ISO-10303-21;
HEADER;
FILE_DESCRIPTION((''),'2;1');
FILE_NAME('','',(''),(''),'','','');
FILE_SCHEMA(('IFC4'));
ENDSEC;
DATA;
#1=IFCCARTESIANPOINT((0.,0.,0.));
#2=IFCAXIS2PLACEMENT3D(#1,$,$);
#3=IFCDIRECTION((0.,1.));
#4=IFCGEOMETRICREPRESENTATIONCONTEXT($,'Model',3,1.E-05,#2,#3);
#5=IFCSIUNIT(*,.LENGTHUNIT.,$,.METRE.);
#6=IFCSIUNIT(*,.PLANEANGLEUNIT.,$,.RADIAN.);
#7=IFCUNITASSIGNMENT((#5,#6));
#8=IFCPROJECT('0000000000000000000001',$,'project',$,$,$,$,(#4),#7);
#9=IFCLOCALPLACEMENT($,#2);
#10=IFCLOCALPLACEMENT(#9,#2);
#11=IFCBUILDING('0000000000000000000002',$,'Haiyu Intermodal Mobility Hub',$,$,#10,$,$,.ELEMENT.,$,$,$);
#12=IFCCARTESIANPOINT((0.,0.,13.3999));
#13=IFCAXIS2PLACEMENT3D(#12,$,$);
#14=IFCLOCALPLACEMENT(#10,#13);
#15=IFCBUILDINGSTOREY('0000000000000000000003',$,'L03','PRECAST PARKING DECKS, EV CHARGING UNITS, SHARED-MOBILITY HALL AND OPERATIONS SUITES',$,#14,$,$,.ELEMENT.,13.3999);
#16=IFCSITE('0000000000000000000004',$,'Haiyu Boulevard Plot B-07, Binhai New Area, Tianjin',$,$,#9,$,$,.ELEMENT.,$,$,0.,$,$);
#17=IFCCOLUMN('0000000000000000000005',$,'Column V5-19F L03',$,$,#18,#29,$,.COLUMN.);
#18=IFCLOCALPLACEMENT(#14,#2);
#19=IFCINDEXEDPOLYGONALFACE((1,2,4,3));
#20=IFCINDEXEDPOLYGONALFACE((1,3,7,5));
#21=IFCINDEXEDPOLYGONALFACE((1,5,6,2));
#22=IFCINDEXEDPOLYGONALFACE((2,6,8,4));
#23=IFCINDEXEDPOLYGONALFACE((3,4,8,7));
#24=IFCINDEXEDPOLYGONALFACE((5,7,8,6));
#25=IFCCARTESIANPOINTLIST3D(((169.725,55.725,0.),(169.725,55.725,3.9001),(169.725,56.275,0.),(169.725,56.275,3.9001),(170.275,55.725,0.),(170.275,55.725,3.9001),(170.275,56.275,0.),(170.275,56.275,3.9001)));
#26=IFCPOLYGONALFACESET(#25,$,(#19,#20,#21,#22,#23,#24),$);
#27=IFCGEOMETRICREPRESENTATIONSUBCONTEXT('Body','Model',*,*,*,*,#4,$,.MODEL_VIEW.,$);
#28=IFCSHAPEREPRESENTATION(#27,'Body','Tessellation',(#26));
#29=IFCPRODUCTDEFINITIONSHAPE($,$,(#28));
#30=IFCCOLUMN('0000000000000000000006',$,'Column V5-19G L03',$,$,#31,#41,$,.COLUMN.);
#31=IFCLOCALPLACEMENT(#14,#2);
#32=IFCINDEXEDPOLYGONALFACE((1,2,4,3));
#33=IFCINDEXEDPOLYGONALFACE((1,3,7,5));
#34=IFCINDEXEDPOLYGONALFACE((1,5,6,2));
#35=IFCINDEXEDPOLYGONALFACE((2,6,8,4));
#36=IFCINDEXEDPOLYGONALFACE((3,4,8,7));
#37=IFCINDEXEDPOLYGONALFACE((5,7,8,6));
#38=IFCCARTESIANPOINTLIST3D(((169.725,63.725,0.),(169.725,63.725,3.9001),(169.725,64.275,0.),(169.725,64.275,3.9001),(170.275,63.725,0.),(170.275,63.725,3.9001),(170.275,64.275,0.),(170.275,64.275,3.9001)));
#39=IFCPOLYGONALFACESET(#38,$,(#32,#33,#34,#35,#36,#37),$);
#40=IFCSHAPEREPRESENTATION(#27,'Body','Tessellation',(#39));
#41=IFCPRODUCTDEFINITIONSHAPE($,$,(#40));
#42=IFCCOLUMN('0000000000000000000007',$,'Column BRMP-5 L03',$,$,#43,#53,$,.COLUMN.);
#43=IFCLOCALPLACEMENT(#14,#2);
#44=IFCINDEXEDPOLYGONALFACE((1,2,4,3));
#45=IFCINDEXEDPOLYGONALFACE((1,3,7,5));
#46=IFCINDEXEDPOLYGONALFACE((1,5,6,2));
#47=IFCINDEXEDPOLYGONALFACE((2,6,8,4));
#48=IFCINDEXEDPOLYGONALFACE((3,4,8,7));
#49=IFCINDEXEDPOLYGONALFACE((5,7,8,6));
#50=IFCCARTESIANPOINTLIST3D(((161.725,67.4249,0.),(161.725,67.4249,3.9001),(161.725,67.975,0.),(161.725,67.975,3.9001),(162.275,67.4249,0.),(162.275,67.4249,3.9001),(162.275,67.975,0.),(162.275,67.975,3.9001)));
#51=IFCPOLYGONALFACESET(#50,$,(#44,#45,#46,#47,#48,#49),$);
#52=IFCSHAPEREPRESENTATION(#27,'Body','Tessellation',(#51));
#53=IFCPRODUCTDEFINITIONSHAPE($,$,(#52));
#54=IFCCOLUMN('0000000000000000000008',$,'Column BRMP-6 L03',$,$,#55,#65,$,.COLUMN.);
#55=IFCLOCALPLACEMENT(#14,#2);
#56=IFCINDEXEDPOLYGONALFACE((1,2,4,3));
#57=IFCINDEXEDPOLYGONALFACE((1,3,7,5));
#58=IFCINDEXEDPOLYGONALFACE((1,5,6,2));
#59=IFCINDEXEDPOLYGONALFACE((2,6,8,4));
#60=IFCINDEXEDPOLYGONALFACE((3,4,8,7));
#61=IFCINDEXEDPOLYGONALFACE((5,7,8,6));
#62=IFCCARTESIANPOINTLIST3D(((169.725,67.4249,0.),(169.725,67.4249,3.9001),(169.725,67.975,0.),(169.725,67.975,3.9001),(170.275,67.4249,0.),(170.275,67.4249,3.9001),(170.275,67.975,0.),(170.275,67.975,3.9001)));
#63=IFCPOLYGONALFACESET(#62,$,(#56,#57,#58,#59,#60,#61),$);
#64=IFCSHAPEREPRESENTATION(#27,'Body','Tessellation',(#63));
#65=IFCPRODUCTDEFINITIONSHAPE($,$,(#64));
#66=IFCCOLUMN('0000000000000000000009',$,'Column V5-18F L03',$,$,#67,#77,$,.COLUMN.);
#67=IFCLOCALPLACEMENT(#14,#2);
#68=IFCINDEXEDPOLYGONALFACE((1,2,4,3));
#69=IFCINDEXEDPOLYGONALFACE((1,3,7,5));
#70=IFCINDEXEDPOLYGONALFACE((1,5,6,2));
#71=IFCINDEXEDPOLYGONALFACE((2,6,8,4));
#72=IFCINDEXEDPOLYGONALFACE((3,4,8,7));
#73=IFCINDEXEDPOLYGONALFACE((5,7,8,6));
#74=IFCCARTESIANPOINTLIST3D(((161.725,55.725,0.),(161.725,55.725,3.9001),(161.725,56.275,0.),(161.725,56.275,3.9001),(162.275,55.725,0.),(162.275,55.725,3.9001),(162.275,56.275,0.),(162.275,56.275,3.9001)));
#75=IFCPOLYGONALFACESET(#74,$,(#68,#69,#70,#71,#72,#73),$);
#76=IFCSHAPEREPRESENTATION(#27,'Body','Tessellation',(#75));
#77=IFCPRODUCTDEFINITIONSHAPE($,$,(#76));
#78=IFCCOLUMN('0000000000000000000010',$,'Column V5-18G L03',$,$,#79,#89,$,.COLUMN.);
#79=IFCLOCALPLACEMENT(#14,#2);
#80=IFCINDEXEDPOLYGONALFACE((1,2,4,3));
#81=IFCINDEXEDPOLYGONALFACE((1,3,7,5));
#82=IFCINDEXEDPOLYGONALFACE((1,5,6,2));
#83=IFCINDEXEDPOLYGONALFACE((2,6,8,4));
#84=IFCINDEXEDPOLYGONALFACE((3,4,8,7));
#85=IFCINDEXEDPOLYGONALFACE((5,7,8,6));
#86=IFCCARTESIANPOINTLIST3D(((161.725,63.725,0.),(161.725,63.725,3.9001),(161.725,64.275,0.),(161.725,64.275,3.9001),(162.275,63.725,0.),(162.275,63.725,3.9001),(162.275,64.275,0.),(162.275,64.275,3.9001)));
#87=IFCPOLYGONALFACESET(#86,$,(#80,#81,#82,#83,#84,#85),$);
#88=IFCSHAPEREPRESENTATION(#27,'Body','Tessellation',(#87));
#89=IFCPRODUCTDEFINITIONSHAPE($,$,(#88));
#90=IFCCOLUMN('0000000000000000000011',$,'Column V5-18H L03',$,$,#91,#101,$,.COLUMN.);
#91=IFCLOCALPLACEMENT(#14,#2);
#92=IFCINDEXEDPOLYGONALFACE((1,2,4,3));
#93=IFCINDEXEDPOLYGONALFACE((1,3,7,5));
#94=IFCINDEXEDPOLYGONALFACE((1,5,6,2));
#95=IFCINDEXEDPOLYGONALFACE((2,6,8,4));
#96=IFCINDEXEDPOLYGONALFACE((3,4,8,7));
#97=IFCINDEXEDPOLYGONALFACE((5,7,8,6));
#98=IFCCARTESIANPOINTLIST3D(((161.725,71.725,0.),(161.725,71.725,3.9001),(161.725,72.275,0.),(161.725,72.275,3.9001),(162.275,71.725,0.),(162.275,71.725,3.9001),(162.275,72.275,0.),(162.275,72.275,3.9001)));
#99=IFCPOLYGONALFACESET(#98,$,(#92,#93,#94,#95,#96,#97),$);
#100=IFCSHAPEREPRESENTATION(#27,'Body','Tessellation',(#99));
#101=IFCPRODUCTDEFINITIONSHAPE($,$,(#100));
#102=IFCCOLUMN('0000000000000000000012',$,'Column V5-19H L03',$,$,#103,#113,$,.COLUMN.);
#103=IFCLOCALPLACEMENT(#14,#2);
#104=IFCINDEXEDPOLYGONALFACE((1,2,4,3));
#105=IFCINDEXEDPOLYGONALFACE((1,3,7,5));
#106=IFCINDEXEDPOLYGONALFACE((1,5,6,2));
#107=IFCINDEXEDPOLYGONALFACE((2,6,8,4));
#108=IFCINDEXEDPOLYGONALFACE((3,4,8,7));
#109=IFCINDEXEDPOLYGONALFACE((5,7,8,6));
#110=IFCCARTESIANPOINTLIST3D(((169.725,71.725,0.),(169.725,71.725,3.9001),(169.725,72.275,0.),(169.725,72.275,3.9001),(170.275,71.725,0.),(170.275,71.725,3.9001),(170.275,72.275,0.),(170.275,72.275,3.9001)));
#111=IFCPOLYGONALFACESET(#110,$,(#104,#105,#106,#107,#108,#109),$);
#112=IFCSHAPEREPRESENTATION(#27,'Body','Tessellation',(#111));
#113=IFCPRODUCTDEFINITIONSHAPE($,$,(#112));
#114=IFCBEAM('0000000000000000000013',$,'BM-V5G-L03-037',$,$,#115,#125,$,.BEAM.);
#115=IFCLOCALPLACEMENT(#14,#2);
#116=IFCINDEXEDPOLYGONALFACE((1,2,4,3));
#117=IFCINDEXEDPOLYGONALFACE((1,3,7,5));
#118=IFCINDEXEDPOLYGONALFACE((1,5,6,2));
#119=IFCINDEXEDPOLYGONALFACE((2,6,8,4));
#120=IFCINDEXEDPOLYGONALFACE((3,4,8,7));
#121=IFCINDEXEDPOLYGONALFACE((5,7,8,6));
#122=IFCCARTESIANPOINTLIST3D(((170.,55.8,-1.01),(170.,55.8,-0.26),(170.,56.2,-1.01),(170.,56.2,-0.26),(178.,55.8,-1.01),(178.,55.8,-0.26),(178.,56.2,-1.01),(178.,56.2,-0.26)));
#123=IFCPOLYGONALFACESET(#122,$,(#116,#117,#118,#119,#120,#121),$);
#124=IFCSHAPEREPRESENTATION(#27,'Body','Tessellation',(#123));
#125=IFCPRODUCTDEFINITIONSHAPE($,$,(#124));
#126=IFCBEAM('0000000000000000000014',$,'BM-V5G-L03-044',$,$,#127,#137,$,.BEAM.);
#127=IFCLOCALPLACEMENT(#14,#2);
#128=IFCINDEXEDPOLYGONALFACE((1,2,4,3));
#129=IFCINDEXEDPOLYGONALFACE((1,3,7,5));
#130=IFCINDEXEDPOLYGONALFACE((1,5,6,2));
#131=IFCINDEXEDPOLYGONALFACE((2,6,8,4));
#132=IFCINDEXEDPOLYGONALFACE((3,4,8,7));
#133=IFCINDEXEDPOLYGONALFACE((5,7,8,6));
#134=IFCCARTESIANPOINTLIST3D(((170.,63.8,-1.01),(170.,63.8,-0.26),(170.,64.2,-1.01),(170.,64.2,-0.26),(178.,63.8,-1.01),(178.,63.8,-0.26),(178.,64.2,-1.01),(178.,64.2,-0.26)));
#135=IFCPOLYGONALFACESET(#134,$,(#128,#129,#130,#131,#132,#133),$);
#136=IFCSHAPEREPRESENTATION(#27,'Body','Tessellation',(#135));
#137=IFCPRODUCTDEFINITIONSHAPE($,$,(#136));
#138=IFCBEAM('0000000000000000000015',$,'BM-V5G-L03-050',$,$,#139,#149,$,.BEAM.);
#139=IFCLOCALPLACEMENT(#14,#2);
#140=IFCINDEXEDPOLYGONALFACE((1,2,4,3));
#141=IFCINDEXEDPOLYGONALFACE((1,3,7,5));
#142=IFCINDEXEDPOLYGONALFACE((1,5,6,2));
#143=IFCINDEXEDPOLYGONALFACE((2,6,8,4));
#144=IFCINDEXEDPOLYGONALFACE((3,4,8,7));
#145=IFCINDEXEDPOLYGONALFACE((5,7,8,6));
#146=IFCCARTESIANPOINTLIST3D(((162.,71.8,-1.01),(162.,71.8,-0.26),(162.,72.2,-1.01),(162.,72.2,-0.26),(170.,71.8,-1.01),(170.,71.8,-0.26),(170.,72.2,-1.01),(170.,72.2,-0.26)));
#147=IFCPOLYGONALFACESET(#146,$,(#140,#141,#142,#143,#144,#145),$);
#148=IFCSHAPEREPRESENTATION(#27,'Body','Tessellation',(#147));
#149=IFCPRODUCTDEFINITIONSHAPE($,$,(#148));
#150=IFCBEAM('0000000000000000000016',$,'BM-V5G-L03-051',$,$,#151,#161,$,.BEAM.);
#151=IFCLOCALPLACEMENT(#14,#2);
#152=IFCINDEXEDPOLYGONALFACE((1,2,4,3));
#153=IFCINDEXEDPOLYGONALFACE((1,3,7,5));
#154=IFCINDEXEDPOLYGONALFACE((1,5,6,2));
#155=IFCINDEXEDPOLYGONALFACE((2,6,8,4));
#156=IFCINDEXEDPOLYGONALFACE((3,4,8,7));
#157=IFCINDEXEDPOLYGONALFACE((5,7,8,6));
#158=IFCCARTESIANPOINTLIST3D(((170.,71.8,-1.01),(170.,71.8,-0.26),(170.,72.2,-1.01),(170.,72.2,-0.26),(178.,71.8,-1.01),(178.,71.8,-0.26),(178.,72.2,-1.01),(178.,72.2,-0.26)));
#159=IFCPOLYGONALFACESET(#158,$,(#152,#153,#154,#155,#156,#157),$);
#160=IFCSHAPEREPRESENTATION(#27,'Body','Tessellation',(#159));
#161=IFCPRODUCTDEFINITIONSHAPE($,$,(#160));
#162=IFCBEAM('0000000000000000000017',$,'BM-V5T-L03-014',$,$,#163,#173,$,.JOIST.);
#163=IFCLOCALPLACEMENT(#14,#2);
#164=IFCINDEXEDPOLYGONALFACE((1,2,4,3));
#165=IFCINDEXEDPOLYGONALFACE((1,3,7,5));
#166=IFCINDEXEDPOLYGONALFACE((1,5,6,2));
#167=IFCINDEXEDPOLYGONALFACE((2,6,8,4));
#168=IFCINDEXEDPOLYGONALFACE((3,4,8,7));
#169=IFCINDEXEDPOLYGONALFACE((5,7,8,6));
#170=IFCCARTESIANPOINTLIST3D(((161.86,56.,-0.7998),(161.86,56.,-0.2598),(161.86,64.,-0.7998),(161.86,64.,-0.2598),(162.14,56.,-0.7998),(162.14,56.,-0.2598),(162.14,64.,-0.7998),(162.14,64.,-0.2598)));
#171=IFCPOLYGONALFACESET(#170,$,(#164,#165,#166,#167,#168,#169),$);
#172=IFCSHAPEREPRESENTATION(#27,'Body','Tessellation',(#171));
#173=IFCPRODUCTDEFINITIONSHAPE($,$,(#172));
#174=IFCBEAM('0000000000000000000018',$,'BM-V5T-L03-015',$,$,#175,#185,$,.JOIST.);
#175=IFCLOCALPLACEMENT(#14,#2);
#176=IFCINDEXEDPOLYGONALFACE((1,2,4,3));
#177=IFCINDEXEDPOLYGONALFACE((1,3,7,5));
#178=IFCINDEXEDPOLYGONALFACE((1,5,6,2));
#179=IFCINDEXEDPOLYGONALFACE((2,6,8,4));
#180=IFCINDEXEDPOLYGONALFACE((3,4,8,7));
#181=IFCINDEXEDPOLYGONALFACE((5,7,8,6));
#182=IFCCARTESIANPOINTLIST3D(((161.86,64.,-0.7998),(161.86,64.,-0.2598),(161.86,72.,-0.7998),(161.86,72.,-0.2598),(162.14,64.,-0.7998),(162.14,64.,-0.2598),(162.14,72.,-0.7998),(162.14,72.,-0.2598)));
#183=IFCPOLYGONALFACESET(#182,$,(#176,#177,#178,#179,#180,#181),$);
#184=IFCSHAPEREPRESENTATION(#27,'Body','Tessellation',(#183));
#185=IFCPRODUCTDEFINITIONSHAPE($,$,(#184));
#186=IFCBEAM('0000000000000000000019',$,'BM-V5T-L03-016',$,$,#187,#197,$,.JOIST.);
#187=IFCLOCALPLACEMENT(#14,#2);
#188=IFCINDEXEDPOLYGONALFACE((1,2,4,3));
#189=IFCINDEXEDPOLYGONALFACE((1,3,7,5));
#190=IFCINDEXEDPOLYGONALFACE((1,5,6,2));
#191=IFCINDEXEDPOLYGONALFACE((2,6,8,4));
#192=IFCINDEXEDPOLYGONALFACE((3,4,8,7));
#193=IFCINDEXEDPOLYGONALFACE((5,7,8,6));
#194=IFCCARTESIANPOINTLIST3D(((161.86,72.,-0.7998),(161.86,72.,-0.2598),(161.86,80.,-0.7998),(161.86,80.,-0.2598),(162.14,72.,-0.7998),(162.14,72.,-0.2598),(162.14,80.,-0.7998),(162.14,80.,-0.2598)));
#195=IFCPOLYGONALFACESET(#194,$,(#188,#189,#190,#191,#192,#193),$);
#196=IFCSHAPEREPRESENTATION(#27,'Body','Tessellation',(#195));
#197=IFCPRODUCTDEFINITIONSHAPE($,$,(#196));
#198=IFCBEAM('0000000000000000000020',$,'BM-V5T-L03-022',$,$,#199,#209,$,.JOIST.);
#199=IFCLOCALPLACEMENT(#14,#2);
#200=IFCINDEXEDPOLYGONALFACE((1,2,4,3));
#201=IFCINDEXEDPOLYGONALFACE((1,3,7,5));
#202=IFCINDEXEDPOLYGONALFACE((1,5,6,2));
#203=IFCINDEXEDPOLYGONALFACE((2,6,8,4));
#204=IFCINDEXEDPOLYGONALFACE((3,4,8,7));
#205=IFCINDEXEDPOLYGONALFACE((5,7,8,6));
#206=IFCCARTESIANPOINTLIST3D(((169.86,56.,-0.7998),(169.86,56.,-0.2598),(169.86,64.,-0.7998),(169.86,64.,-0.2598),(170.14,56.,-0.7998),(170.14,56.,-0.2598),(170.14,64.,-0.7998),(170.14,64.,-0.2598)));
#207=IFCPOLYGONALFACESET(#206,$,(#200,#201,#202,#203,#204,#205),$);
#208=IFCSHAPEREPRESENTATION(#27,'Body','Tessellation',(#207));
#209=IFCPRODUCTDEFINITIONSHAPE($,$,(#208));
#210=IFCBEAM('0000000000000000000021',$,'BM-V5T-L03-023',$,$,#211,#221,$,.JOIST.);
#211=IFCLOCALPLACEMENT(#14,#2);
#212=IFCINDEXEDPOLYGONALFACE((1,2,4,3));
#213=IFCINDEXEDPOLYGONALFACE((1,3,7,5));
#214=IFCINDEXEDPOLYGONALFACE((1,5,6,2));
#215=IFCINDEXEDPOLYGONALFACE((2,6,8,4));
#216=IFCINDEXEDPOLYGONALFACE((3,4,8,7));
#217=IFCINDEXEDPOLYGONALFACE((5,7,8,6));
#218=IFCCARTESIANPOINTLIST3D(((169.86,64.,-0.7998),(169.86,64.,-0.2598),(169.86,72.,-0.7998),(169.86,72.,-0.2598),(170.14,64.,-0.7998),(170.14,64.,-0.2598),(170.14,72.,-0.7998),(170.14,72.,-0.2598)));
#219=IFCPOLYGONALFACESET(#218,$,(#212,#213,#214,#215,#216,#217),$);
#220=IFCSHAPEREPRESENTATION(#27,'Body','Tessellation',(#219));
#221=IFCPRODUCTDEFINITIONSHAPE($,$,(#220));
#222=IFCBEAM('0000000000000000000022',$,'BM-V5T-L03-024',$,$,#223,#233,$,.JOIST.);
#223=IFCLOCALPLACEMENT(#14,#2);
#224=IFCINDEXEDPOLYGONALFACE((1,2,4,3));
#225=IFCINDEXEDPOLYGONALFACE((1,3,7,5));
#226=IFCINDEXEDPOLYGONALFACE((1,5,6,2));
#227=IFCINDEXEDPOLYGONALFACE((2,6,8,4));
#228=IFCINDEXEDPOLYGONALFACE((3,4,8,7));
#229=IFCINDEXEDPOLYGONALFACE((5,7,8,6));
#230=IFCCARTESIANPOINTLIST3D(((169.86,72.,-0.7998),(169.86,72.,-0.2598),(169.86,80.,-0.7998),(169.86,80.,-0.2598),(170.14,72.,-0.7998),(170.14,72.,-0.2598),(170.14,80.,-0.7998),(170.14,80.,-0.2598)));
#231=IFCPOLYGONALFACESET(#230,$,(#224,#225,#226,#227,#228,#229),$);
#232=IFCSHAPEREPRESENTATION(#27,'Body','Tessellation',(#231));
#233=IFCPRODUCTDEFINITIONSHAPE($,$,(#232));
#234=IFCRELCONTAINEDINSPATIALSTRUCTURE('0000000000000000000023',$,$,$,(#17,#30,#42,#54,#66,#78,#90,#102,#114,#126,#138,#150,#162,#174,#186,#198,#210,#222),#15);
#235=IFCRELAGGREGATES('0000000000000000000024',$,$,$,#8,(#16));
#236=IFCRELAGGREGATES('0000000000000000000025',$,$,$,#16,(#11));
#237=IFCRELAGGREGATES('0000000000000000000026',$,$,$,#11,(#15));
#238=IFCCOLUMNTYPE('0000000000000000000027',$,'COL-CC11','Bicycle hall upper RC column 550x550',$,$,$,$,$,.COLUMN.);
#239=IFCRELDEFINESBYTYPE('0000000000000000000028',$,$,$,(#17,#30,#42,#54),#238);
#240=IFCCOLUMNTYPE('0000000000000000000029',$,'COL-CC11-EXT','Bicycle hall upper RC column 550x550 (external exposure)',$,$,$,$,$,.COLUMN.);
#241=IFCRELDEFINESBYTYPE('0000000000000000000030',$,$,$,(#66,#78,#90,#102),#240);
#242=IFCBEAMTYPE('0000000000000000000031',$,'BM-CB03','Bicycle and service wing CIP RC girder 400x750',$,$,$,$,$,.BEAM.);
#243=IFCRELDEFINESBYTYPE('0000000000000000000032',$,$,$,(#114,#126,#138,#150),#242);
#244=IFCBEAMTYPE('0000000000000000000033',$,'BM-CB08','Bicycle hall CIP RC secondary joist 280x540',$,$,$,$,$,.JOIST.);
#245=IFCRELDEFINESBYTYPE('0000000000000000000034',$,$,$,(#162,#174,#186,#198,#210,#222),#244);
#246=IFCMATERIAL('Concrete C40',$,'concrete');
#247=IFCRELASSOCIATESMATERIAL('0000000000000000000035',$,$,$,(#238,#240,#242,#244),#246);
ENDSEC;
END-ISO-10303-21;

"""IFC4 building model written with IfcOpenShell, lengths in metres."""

from ifc_helpers import new_model, si_unit, direction, frame, origin, origin_2d, place, context, subcontext, project, spatial, rectangle, extrude, material, material_profile, profile_set, type_object, element, save


model = new_model("IFC4")

# Units and contexts
model_context = context("Model", 3, precision=1e-05, world=origin(), true_north=direction((0.0, 1.0)))
body_context = subcontext(model_context, "Body", "Model", "MODEL_VIEW")
ifc_project = project(units=[si_unit("LENGTHUNIT", "METRE"), si_unit("PLANEANGLEUNIT", "RADIAN")], contexts=[model_context])

# Site, building, storey
site_placement = place(None, origin())
site = spatial("IfcSite", under=ifc_project, at=site_placement, Name="Haiyu Boulevard Plot B-07, Binhai New Area, Tianjin", CompositionType="ELEMENT", RefElevation=0.0)
building_placement = place(site_placement, origin())
building = spatial("IfcBuilding", under=site, at=building_placement, Name="Haiyu Intermodal Mobility Hub", CompositionType="ELEMENT")
storey_placement = place(building_placement, frame((0.0, 0.0, 13.3999)))
storey = spatial("IfcBuildingStorey", under=building, at=storey_placement, Name="L03", Description="PRECAST PARKING DECKS, EV CHARGING UNITS, SHARED-MOBILITY HALL AND OPERATIONS SUITES", CompositionType="ELEMENT", Elevation=13.3999)

# Columns
ifc_material_1 = material(Name="Concrete C40", Category="concrete")
ifc_material_profile_1 = material_profile(ifc_material_1, rectangle(XDim=0.55, YDim=0.55, at=origin_2d()), Name="RC550x550")
ifc_profile_set_1 = profile_set([ifc_material_profile_1], Name="Concrete C40")
column_type_1 = type_object("IfcColumnType", Name="COL-CC11", Description="Bicycle hall upper RC column 550x550", PredefinedType="COLUMN", material=ifc_profile_set_1)
for number, where, z_axis, x_axis, name in (
    (1, (170.0, 56.0, 0.0), (0.0, 0.0, 1.0), (1.0, 0.0, 0.0), "Column V5-19F L03"),
    (2, (170.0, 64.0, 0.0), (0.0, 0.0, 1.0), (1.0, 0.0, 0.0), "Column V5-19G L03"),
    (3, (162.0, 67.7, 0.0), (0.0, 0.0, 1.0), (1.0, 0.0, 0.0), "Column BRMP-5 L03"),
    (4, (170.0, 67.7, 0.0), (0.0, 0.0, 1.0), (1.0, 0.0, 0.0), "Column BRMP-6 L03"),
):
    element("IfcColumn", number, at=place(storey_placement, frame(where, z_axis=z_axis, x_axis=x_axis)), inside=storey, type_object=column_type_1, Name=name, PredefinedType="COLUMN", context=body_context, shape_type="SweptSolid", body=[
        extrude(rectangle(XDim=0.55, YDim=0.55, at=origin_2d()), origin(), (0.0, 0.0, 1.0), 3.9001),
    ])
ifc_material_profile_2 = material_profile(ifc_material_1, rectangle(XDim=0.55, YDim=0.55, at=origin_2d()), Name="RC550x550")
ifc_profile_set_2 = profile_set([ifc_material_profile_2], Name="Concrete C40")
column_type_2 = type_object("IfcColumnType", Name="COL-CC11-EXT", Description="Bicycle hall upper RC column 550x550 (external exposure)", PredefinedType="COLUMN", material=ifc_profile_set_2)
for number, where, z_axis, x_axis, name in (
    (5, (162.0, 56.0, 0.0), (0.0, 0.0, 1.0), (1.0, 0.0, 0.0), "Column V5-18F L03"),
    (6, (162.0, 64.0, 0.0), (0.0, 0.0, 1.0), (1.0, 0.0, 0.0), "Column V5-18G L03"),
    (7, (162.0, 72.0, 0.0), (0.0, 0.0, 1.0), (1.0, 0.0, 0.0), "Column V5-18H L03"),
    (8, (170.0, 72.0, 0.0), (0.0, 0.0, 1.0), (1.0, 0.0, 0.0), "Column V5-19H L03"),
):
    element("IfcColumn", number, at=place(storey_placement, frame(where, z_axis=z_axis, x_axis=x_axis)), inside=storey, type_object=column_type_2, Name=name, PredefinedType="COLUMN", context=body_context, shape_type="SweptSolid", body=[
        extrude(rectangle(XDim=0.55, YDim=0.55, at=origin_2d()), origin(), (0.0, 0.0, 1.0), 3.9001),
    ])

# Beams
ifc_material_profile_3 = material_profile(ifc_material_1, rectangle(XDim=0.3999, YDim=0.75, at=origin_2d()), Name="RCB400x750")
ifc_profile_set_3 = profile_set([ifc_material_profile_3], Name="Concrete C40")
beam_type_1 = type_object("IfcBeamType", Name="BM-CB03", Description="Bicycle and service wing CIP RC girder 400x750", PredefinedType="BEAM", material=ifc_profile_set_3)
for number, where, z_axis, x_axis, name in (
    (9, (170.0, 56.0, -0.635), (1.0, 0.0, 0.0), (0.0, 1.0, 0.0), "BM-V5G-L03-037"),
    (10, (170.0, 64.0, -0.635), (1.0, 0.0, 0.0), (0.0, 1.0, 0.0), "BM-V5G-L03-044"),
    (11, (162.0, 72.0, -0.635), (1.0, 0.0, 0.0), (0.0, 1.0, 0.0), "BM-V5G-L03-050"),
    (12, (170.0, 72.0, -0.635), (1.0, 0.0, 0.0), (0.0, 1.0, 0.0), "BM-V5G-L03-051"),
):
    element("IfcBeam", number, at=place(storey_placement, frame(where, z_axis=z_axis, x_axis=x_axis)), inside=storey, type_object=beam_type_1, Name=name, PredefinedType="BEAM", context=body_context, shape_type="SweptSolid", body=[
        extrude(rectangle(XDim=0.3999, YDim=0.75, at=origin_2d()), origin(), (0.0, 0.0, 1.0), 8.0),
    ])
ifc_material_profile_4 = material_profile(ifc_material_1, rectangle(XDim=0.28, YDim=0.54, at=origin_2d()), Name="RCB280x540")
ifc_profile_set_4 = profile_set([ifc_material_profile_4], Name="Concrete C40")
beam_type_2 = type_object("IfcBeamType", Name="BM-CB08", Description="Bicycle hall CIP RC secondary joist 280x540", PredefinedType="JOIST", material=ifc_profile_set_4)
for number, where, z_axis, x_axis, name in (
    (13, (162.0, 56.0, -0.5298), (0.0, 1.0, 0.0), (-1.0, 0.0, 0.0), "BM-V5T-L03-014"),
    (14, (162.0, 64.0, -0.5298), (0.0, 1.0, 0.0), (-1.0, 0.0, 0.0), "BM-V5T-L03-015"),
    (15, (162.0, 72.0, -0.5298), (0.0, 1.0, 0.0), (-1.0, 0.0, 0.0), "BM-V5T-L03-016"),
    (16, (170.0, 56.0, -0.5298), (0.0, 1.0, 0.0), (-1.0, 0.0, 0.0), "BM-V5T-L03-022"),
    (17, (170.0, 64.0, -0.5298), (0.0, 1.0, 0.0), (-1.0, 0.0, 0.0), "BM-V5T-L03-023"),
    (18, (170.0, 72.0, -0.5298), (0.0, 1.0, 0.0), (-1.0, 0.0, 0.0), "BM-V5T-L03-024"),
):
    element("IfcBeam", number, at=place(storey_placement, frame(where, z_axis=z_axis, x_axis=x_axis)), inside=storey, type_object=beam_type_2, Name=name, PredefinedType="JOIST", context=body_context, shape_type="SweptSolid", body=[
        extrude(rectangle(XDim=0.28, YDim=0.54, at=origin_2d()), origin(), (0.0, 0.0, 1.0), 8.0),
    ])

save(model, "model.ifc")
